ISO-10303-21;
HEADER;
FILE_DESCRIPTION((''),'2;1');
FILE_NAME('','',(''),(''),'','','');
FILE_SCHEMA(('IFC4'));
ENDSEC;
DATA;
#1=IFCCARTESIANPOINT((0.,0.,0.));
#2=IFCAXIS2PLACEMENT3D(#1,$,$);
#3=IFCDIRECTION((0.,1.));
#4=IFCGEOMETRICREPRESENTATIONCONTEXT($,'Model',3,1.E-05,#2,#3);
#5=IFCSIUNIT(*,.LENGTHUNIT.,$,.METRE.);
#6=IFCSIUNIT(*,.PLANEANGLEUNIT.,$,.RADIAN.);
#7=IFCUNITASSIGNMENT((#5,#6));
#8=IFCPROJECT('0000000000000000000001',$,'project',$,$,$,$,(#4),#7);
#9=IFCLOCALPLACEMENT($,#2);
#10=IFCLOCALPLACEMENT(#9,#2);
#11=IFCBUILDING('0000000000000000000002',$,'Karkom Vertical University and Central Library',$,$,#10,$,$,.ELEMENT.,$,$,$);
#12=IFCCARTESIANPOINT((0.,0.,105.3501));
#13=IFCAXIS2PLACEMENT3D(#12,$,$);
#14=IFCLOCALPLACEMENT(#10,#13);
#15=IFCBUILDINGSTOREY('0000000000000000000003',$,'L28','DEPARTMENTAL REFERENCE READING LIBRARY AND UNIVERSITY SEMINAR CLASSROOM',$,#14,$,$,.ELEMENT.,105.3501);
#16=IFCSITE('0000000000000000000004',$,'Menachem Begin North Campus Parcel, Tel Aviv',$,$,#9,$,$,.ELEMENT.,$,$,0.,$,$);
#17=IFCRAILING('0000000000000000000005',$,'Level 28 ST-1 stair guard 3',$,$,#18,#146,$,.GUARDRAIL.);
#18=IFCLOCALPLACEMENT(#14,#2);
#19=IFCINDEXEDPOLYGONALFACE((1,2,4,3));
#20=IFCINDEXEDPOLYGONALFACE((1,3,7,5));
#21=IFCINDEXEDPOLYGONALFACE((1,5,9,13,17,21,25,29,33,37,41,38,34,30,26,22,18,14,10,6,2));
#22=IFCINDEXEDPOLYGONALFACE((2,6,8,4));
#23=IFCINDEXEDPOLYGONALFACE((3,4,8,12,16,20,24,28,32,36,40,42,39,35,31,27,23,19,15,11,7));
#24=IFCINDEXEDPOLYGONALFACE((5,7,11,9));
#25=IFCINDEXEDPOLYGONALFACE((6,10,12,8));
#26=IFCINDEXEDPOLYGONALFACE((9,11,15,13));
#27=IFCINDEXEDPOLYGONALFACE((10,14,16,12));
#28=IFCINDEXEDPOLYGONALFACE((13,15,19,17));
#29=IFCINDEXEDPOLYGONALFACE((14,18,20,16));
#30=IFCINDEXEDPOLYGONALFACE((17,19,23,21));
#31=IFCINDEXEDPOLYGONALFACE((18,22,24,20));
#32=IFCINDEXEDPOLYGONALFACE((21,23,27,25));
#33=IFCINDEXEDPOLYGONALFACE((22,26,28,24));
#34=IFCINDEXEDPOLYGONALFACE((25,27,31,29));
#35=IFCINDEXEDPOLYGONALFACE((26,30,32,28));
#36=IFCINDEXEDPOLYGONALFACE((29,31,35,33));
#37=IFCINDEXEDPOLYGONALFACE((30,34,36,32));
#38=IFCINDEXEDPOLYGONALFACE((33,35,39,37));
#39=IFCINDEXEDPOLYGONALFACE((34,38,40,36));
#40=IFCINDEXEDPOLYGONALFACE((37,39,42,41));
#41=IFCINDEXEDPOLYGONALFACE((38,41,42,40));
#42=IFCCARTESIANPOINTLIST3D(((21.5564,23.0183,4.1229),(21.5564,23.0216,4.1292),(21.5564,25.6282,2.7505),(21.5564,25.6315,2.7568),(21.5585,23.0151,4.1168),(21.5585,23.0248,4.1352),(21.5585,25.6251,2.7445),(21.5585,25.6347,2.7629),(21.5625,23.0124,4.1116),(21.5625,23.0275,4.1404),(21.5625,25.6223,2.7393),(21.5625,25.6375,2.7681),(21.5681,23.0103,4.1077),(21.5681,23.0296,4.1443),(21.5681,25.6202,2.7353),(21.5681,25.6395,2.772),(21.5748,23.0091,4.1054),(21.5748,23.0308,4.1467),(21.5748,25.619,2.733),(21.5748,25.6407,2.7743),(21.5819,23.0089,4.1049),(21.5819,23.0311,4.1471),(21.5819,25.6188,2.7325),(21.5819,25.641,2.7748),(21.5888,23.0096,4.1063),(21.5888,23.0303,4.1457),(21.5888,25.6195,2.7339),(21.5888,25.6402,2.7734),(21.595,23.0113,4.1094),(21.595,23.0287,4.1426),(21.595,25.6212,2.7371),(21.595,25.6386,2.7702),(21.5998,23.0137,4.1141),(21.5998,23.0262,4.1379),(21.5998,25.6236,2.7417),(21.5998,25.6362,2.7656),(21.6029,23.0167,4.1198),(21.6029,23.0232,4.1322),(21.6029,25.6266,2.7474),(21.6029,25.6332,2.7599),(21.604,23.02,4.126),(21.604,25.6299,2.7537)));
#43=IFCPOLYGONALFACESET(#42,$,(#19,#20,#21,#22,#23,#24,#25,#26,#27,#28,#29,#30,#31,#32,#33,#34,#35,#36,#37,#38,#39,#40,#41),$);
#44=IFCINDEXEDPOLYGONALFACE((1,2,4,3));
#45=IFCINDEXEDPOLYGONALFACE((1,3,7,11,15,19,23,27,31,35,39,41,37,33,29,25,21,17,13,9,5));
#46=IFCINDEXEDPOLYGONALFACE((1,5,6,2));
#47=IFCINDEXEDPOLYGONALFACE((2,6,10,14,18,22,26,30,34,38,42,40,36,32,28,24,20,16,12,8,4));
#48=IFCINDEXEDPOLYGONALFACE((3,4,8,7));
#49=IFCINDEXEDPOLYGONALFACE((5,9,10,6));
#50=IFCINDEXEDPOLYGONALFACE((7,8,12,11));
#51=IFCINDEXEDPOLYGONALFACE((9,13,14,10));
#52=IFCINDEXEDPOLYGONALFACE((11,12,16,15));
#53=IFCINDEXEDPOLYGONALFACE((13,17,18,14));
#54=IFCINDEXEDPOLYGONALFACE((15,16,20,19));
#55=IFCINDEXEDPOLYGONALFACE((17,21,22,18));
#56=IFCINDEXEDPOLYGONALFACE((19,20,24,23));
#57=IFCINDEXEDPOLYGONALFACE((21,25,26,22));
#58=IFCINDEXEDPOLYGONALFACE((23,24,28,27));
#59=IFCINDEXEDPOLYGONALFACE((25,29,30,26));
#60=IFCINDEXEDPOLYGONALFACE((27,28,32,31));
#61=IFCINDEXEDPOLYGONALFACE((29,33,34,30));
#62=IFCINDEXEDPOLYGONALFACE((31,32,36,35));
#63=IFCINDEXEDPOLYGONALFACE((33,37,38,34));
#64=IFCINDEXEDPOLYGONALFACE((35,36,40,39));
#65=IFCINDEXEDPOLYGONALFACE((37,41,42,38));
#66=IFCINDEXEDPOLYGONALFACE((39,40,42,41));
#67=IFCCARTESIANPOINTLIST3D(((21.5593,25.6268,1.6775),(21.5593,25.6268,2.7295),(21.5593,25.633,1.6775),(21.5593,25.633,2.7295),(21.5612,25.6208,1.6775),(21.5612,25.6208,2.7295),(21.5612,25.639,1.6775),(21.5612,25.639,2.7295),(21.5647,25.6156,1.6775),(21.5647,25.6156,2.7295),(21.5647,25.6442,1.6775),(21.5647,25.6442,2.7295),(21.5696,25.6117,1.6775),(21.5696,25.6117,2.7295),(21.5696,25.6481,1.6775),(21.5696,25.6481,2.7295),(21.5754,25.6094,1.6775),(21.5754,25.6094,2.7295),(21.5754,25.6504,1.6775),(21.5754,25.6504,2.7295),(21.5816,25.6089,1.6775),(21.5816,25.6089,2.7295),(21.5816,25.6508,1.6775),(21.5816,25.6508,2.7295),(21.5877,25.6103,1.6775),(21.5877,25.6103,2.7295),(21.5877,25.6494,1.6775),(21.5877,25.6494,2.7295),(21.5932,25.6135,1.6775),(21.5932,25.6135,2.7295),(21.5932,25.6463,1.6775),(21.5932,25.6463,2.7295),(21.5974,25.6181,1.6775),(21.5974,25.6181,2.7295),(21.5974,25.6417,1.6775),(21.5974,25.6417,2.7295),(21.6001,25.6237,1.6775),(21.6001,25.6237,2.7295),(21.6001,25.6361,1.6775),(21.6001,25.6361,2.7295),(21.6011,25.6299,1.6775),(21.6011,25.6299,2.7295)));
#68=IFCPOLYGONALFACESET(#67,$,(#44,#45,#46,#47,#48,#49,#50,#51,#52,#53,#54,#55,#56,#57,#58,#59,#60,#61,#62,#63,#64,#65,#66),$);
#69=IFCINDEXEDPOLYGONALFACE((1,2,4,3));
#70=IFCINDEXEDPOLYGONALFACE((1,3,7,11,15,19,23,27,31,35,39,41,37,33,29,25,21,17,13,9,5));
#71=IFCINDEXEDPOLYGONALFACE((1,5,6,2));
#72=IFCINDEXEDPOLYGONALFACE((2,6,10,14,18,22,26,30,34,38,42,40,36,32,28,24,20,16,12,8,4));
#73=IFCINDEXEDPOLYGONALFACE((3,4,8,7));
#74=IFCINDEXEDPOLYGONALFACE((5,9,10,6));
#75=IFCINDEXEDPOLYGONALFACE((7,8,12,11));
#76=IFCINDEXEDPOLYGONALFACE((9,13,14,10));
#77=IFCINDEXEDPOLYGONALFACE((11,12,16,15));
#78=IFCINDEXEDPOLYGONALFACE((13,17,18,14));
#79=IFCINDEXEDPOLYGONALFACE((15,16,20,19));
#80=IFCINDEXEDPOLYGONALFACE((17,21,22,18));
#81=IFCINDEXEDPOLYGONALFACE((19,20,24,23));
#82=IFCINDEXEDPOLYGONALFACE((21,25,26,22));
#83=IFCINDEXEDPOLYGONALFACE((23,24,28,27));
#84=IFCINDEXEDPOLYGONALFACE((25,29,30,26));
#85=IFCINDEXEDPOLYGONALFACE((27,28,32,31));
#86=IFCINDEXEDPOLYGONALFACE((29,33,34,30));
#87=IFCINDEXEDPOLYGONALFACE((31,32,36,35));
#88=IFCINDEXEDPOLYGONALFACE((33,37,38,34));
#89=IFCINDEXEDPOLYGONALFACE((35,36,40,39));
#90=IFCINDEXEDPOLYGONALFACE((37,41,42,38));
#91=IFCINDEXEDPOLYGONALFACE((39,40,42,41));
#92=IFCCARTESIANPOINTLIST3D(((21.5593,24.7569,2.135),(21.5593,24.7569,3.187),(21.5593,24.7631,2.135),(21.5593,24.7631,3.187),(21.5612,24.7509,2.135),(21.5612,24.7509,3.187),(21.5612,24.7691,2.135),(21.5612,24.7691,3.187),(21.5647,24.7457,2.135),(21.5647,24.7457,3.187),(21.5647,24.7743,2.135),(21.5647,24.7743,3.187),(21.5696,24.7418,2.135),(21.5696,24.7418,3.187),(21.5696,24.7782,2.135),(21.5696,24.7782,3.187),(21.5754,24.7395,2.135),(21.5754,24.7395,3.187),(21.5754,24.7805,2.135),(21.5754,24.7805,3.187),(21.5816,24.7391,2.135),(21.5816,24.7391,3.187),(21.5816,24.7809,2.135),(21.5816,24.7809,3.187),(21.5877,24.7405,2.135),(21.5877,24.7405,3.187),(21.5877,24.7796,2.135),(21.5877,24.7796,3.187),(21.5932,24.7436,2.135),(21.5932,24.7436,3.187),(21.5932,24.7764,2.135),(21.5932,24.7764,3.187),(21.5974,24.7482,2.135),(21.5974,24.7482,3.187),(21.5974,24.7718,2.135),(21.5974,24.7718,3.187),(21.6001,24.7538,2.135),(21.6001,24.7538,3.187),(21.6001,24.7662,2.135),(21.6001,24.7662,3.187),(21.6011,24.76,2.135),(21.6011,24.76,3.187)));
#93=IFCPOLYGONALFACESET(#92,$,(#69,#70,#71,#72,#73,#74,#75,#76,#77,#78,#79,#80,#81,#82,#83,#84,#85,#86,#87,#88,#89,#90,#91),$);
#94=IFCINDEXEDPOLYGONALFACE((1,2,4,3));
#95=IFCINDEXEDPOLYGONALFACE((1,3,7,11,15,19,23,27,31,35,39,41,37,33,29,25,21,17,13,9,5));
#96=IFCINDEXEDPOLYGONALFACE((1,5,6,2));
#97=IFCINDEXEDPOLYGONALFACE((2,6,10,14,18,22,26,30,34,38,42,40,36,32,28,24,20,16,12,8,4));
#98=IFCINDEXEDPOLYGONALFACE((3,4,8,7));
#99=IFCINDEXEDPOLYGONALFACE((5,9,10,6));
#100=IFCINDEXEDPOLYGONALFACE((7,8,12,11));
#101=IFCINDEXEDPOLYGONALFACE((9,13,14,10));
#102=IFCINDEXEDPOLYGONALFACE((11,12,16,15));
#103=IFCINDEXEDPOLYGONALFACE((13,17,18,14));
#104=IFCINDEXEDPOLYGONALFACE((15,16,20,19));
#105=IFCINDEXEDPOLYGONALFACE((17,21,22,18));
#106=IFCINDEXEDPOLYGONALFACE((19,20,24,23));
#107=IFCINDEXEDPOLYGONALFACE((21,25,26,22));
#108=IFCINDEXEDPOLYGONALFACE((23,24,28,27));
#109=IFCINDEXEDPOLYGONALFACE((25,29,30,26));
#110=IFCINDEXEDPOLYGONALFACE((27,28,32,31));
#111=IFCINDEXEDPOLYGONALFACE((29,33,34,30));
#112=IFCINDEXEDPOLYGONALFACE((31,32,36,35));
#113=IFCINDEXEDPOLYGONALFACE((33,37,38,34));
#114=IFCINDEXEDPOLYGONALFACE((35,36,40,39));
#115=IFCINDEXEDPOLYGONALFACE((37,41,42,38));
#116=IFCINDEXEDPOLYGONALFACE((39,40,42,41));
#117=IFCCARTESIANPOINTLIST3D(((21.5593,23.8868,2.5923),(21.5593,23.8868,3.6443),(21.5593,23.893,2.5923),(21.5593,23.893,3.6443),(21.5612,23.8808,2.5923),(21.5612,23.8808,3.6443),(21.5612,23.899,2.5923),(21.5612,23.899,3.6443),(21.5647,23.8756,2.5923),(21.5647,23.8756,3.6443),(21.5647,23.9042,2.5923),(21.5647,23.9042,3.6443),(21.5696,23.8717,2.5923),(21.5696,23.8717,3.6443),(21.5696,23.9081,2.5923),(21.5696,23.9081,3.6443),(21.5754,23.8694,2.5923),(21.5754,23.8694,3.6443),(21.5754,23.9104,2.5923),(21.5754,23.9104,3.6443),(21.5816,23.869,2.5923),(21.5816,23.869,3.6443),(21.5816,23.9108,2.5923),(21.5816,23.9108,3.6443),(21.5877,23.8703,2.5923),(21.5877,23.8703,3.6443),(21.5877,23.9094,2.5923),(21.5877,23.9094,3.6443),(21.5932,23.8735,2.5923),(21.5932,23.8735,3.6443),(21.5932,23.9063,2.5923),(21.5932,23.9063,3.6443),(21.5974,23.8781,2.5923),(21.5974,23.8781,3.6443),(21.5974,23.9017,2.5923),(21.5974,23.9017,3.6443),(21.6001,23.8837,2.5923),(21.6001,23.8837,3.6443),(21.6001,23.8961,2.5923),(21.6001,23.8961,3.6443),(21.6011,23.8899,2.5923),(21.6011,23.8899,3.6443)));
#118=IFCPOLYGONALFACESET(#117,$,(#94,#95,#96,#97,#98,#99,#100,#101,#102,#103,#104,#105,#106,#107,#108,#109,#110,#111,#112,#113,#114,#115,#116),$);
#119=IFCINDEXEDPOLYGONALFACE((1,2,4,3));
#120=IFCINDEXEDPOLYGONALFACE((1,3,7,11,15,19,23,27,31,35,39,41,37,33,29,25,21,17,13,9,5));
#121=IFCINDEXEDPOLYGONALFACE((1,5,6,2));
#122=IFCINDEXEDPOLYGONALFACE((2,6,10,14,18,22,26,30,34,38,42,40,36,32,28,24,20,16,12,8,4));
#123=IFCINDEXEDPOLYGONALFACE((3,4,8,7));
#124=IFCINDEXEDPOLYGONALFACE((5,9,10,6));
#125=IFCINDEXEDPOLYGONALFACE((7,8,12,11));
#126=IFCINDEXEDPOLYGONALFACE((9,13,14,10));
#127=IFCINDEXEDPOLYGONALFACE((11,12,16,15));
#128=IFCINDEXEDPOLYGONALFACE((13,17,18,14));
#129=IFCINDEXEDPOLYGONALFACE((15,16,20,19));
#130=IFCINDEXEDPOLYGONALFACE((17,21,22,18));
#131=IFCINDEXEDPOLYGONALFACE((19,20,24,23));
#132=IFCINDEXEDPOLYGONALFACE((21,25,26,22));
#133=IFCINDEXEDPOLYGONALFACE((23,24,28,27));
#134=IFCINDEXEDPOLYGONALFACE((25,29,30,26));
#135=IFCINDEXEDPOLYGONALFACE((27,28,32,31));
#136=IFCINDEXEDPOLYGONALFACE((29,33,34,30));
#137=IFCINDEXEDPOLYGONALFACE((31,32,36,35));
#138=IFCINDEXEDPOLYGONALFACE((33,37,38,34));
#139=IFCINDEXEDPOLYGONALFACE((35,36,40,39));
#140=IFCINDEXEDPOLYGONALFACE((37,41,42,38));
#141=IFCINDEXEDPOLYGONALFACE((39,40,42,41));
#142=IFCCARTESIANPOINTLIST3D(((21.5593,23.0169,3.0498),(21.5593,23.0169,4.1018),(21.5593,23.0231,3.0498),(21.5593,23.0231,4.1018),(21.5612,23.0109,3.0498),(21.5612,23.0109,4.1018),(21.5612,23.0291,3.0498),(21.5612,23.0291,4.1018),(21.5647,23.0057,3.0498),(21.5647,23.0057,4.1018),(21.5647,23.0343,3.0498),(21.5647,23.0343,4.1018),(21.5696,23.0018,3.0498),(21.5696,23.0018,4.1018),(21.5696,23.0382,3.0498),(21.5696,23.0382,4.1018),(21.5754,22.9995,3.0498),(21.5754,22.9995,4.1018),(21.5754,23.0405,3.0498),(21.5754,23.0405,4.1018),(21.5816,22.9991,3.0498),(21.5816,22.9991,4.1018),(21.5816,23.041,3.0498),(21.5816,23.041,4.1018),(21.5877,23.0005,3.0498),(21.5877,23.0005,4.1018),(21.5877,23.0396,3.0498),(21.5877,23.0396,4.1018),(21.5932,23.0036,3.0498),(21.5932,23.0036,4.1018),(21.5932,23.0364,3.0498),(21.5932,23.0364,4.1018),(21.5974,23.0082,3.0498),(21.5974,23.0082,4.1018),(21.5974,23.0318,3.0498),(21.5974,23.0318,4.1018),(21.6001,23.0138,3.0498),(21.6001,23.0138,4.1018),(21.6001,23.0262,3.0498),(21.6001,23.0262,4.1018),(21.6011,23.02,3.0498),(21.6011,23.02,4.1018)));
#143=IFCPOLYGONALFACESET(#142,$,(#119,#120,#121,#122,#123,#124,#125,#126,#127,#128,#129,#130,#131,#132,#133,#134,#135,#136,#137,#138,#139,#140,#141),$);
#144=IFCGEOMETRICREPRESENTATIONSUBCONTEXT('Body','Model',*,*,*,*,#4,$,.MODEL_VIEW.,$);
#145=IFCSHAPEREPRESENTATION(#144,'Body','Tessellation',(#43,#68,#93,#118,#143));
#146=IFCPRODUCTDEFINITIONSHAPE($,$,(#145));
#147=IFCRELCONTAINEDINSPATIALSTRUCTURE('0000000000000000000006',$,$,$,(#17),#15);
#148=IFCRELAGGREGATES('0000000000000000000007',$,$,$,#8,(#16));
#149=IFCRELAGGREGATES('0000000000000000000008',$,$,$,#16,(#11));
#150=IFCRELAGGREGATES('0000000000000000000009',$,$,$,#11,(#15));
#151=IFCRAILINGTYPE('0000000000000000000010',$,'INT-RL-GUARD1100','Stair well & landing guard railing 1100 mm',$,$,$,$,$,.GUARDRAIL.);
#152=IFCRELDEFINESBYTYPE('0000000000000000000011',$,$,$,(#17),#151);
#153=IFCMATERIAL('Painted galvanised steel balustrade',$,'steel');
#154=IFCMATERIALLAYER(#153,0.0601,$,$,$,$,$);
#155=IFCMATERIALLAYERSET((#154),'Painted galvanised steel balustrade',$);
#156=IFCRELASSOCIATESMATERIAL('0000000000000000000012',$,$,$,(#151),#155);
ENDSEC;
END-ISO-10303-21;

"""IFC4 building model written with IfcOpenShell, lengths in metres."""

from ifc_helpers import new_model, si_unit, direction, frame, origin, origin_2d, place, context, subcontext, project, spatial, circle, extrude, material, layer, layer_set, type_object, element, save


model = new_model("IFC4")

# Units and contexts
model_context = context("Model", 3, precision=1e-05, world=origin(), true_north=direction((0.0, 1.0)))
body_context = subcontext(model_context, "Body", "Model", "MODEL_VIEW")
ifc_project = project(units=[si_unit("LENGTHUNIT", "METRE"), si_unit("PLANEANGLEUNIT", "RADIAN")], contexts=[model_context])

# Site, building, storey
site_placement = place(None, origin())
site = spatial("IfcSite", under=ifc_project, at=site_placement, Name="Menachem Begin North Campus Parcel, Tel Aviv", CompositionType="ELEMENT", RefElevation=0.0)
building_placement = place(site_placement, origin())
building = spatial("IfcBuilding", under=site, at=building_placement, Name="Karkom Vertical University and Central Library", CompositionType="ELEMENT")
storey_placement = place(building_placement, frame((0.0, 0.0, 105.3501)))
storey = spatial("IfcBuildingStorey", under=building, at=storey_placement, Name="L28", Description="DEPARTMENTAL REFERENCE READING LIBRARY AND UNIVERSITY SEMINAR CLASSROOM", CompositionType="ELEMENT", Elevation=105.3501)

# Railing
ifc_material_1 = material(Name="Painted galvanised steel balustrade", Category="steel")
ifc_layer_1 = layer(ifc_material_1, 0.0601)
ifc_layer_set_1 = layer_set([ifc_layer_1], Name="Painted galvanised steel balustrade")
railing_type_1 = type_object("IfcRailingType", Name="INT-RL-GUARD1100", Description="Stair well & landing guard railing 1100 mm", PredefinedType="GUARDRAIL", material=ifc_layer_set_1)
railing_1_placement = place(storey_placement, frame((21.5801, 25.6299, 1.6775)))
element("IfcRailing", 1, at=railing_1_placement, inside=storey, type_object=railing_type_1, Name="Level 28 ST-1 stair guard 3", PredefinedType="GUARDRAIL", context=body_context, shape_type="SweptSolid", body=[
    extrude(circle(Radius=0.0239, at=origin_2d()), frame((0.0, 0.0, 1.0762), z_axis=(0.0, -0.8851, 0.465402), x_axis=(1.0, 0.0, 0.0)), (0.0, 0.0, 1.0), 2.9487),
    extrude(circle(Radius=0.021, at=origin_2d()), origin(), (0.0, 0.0, 1.0), 1.052),
    extrude(circle(Radius=0.021, at=origin_2d()), frame((0.0, -0.8699, 0.4575)), (0.0, 0.0, 1.0), 1.052),
    extrude(circle(Radius=0.021, at=origin_2d()), frame((0.0, -1.74, 0.9148)), (0.0, 0.0, 1.0), 1.052),
    extrude(circle(Radius=0.021, at=origin_2d()), frame((0.0, -2.6099, 1.3723)), (0.0, 0.0, 1.0), 1.052),
])

save(model, "model.ifc")
